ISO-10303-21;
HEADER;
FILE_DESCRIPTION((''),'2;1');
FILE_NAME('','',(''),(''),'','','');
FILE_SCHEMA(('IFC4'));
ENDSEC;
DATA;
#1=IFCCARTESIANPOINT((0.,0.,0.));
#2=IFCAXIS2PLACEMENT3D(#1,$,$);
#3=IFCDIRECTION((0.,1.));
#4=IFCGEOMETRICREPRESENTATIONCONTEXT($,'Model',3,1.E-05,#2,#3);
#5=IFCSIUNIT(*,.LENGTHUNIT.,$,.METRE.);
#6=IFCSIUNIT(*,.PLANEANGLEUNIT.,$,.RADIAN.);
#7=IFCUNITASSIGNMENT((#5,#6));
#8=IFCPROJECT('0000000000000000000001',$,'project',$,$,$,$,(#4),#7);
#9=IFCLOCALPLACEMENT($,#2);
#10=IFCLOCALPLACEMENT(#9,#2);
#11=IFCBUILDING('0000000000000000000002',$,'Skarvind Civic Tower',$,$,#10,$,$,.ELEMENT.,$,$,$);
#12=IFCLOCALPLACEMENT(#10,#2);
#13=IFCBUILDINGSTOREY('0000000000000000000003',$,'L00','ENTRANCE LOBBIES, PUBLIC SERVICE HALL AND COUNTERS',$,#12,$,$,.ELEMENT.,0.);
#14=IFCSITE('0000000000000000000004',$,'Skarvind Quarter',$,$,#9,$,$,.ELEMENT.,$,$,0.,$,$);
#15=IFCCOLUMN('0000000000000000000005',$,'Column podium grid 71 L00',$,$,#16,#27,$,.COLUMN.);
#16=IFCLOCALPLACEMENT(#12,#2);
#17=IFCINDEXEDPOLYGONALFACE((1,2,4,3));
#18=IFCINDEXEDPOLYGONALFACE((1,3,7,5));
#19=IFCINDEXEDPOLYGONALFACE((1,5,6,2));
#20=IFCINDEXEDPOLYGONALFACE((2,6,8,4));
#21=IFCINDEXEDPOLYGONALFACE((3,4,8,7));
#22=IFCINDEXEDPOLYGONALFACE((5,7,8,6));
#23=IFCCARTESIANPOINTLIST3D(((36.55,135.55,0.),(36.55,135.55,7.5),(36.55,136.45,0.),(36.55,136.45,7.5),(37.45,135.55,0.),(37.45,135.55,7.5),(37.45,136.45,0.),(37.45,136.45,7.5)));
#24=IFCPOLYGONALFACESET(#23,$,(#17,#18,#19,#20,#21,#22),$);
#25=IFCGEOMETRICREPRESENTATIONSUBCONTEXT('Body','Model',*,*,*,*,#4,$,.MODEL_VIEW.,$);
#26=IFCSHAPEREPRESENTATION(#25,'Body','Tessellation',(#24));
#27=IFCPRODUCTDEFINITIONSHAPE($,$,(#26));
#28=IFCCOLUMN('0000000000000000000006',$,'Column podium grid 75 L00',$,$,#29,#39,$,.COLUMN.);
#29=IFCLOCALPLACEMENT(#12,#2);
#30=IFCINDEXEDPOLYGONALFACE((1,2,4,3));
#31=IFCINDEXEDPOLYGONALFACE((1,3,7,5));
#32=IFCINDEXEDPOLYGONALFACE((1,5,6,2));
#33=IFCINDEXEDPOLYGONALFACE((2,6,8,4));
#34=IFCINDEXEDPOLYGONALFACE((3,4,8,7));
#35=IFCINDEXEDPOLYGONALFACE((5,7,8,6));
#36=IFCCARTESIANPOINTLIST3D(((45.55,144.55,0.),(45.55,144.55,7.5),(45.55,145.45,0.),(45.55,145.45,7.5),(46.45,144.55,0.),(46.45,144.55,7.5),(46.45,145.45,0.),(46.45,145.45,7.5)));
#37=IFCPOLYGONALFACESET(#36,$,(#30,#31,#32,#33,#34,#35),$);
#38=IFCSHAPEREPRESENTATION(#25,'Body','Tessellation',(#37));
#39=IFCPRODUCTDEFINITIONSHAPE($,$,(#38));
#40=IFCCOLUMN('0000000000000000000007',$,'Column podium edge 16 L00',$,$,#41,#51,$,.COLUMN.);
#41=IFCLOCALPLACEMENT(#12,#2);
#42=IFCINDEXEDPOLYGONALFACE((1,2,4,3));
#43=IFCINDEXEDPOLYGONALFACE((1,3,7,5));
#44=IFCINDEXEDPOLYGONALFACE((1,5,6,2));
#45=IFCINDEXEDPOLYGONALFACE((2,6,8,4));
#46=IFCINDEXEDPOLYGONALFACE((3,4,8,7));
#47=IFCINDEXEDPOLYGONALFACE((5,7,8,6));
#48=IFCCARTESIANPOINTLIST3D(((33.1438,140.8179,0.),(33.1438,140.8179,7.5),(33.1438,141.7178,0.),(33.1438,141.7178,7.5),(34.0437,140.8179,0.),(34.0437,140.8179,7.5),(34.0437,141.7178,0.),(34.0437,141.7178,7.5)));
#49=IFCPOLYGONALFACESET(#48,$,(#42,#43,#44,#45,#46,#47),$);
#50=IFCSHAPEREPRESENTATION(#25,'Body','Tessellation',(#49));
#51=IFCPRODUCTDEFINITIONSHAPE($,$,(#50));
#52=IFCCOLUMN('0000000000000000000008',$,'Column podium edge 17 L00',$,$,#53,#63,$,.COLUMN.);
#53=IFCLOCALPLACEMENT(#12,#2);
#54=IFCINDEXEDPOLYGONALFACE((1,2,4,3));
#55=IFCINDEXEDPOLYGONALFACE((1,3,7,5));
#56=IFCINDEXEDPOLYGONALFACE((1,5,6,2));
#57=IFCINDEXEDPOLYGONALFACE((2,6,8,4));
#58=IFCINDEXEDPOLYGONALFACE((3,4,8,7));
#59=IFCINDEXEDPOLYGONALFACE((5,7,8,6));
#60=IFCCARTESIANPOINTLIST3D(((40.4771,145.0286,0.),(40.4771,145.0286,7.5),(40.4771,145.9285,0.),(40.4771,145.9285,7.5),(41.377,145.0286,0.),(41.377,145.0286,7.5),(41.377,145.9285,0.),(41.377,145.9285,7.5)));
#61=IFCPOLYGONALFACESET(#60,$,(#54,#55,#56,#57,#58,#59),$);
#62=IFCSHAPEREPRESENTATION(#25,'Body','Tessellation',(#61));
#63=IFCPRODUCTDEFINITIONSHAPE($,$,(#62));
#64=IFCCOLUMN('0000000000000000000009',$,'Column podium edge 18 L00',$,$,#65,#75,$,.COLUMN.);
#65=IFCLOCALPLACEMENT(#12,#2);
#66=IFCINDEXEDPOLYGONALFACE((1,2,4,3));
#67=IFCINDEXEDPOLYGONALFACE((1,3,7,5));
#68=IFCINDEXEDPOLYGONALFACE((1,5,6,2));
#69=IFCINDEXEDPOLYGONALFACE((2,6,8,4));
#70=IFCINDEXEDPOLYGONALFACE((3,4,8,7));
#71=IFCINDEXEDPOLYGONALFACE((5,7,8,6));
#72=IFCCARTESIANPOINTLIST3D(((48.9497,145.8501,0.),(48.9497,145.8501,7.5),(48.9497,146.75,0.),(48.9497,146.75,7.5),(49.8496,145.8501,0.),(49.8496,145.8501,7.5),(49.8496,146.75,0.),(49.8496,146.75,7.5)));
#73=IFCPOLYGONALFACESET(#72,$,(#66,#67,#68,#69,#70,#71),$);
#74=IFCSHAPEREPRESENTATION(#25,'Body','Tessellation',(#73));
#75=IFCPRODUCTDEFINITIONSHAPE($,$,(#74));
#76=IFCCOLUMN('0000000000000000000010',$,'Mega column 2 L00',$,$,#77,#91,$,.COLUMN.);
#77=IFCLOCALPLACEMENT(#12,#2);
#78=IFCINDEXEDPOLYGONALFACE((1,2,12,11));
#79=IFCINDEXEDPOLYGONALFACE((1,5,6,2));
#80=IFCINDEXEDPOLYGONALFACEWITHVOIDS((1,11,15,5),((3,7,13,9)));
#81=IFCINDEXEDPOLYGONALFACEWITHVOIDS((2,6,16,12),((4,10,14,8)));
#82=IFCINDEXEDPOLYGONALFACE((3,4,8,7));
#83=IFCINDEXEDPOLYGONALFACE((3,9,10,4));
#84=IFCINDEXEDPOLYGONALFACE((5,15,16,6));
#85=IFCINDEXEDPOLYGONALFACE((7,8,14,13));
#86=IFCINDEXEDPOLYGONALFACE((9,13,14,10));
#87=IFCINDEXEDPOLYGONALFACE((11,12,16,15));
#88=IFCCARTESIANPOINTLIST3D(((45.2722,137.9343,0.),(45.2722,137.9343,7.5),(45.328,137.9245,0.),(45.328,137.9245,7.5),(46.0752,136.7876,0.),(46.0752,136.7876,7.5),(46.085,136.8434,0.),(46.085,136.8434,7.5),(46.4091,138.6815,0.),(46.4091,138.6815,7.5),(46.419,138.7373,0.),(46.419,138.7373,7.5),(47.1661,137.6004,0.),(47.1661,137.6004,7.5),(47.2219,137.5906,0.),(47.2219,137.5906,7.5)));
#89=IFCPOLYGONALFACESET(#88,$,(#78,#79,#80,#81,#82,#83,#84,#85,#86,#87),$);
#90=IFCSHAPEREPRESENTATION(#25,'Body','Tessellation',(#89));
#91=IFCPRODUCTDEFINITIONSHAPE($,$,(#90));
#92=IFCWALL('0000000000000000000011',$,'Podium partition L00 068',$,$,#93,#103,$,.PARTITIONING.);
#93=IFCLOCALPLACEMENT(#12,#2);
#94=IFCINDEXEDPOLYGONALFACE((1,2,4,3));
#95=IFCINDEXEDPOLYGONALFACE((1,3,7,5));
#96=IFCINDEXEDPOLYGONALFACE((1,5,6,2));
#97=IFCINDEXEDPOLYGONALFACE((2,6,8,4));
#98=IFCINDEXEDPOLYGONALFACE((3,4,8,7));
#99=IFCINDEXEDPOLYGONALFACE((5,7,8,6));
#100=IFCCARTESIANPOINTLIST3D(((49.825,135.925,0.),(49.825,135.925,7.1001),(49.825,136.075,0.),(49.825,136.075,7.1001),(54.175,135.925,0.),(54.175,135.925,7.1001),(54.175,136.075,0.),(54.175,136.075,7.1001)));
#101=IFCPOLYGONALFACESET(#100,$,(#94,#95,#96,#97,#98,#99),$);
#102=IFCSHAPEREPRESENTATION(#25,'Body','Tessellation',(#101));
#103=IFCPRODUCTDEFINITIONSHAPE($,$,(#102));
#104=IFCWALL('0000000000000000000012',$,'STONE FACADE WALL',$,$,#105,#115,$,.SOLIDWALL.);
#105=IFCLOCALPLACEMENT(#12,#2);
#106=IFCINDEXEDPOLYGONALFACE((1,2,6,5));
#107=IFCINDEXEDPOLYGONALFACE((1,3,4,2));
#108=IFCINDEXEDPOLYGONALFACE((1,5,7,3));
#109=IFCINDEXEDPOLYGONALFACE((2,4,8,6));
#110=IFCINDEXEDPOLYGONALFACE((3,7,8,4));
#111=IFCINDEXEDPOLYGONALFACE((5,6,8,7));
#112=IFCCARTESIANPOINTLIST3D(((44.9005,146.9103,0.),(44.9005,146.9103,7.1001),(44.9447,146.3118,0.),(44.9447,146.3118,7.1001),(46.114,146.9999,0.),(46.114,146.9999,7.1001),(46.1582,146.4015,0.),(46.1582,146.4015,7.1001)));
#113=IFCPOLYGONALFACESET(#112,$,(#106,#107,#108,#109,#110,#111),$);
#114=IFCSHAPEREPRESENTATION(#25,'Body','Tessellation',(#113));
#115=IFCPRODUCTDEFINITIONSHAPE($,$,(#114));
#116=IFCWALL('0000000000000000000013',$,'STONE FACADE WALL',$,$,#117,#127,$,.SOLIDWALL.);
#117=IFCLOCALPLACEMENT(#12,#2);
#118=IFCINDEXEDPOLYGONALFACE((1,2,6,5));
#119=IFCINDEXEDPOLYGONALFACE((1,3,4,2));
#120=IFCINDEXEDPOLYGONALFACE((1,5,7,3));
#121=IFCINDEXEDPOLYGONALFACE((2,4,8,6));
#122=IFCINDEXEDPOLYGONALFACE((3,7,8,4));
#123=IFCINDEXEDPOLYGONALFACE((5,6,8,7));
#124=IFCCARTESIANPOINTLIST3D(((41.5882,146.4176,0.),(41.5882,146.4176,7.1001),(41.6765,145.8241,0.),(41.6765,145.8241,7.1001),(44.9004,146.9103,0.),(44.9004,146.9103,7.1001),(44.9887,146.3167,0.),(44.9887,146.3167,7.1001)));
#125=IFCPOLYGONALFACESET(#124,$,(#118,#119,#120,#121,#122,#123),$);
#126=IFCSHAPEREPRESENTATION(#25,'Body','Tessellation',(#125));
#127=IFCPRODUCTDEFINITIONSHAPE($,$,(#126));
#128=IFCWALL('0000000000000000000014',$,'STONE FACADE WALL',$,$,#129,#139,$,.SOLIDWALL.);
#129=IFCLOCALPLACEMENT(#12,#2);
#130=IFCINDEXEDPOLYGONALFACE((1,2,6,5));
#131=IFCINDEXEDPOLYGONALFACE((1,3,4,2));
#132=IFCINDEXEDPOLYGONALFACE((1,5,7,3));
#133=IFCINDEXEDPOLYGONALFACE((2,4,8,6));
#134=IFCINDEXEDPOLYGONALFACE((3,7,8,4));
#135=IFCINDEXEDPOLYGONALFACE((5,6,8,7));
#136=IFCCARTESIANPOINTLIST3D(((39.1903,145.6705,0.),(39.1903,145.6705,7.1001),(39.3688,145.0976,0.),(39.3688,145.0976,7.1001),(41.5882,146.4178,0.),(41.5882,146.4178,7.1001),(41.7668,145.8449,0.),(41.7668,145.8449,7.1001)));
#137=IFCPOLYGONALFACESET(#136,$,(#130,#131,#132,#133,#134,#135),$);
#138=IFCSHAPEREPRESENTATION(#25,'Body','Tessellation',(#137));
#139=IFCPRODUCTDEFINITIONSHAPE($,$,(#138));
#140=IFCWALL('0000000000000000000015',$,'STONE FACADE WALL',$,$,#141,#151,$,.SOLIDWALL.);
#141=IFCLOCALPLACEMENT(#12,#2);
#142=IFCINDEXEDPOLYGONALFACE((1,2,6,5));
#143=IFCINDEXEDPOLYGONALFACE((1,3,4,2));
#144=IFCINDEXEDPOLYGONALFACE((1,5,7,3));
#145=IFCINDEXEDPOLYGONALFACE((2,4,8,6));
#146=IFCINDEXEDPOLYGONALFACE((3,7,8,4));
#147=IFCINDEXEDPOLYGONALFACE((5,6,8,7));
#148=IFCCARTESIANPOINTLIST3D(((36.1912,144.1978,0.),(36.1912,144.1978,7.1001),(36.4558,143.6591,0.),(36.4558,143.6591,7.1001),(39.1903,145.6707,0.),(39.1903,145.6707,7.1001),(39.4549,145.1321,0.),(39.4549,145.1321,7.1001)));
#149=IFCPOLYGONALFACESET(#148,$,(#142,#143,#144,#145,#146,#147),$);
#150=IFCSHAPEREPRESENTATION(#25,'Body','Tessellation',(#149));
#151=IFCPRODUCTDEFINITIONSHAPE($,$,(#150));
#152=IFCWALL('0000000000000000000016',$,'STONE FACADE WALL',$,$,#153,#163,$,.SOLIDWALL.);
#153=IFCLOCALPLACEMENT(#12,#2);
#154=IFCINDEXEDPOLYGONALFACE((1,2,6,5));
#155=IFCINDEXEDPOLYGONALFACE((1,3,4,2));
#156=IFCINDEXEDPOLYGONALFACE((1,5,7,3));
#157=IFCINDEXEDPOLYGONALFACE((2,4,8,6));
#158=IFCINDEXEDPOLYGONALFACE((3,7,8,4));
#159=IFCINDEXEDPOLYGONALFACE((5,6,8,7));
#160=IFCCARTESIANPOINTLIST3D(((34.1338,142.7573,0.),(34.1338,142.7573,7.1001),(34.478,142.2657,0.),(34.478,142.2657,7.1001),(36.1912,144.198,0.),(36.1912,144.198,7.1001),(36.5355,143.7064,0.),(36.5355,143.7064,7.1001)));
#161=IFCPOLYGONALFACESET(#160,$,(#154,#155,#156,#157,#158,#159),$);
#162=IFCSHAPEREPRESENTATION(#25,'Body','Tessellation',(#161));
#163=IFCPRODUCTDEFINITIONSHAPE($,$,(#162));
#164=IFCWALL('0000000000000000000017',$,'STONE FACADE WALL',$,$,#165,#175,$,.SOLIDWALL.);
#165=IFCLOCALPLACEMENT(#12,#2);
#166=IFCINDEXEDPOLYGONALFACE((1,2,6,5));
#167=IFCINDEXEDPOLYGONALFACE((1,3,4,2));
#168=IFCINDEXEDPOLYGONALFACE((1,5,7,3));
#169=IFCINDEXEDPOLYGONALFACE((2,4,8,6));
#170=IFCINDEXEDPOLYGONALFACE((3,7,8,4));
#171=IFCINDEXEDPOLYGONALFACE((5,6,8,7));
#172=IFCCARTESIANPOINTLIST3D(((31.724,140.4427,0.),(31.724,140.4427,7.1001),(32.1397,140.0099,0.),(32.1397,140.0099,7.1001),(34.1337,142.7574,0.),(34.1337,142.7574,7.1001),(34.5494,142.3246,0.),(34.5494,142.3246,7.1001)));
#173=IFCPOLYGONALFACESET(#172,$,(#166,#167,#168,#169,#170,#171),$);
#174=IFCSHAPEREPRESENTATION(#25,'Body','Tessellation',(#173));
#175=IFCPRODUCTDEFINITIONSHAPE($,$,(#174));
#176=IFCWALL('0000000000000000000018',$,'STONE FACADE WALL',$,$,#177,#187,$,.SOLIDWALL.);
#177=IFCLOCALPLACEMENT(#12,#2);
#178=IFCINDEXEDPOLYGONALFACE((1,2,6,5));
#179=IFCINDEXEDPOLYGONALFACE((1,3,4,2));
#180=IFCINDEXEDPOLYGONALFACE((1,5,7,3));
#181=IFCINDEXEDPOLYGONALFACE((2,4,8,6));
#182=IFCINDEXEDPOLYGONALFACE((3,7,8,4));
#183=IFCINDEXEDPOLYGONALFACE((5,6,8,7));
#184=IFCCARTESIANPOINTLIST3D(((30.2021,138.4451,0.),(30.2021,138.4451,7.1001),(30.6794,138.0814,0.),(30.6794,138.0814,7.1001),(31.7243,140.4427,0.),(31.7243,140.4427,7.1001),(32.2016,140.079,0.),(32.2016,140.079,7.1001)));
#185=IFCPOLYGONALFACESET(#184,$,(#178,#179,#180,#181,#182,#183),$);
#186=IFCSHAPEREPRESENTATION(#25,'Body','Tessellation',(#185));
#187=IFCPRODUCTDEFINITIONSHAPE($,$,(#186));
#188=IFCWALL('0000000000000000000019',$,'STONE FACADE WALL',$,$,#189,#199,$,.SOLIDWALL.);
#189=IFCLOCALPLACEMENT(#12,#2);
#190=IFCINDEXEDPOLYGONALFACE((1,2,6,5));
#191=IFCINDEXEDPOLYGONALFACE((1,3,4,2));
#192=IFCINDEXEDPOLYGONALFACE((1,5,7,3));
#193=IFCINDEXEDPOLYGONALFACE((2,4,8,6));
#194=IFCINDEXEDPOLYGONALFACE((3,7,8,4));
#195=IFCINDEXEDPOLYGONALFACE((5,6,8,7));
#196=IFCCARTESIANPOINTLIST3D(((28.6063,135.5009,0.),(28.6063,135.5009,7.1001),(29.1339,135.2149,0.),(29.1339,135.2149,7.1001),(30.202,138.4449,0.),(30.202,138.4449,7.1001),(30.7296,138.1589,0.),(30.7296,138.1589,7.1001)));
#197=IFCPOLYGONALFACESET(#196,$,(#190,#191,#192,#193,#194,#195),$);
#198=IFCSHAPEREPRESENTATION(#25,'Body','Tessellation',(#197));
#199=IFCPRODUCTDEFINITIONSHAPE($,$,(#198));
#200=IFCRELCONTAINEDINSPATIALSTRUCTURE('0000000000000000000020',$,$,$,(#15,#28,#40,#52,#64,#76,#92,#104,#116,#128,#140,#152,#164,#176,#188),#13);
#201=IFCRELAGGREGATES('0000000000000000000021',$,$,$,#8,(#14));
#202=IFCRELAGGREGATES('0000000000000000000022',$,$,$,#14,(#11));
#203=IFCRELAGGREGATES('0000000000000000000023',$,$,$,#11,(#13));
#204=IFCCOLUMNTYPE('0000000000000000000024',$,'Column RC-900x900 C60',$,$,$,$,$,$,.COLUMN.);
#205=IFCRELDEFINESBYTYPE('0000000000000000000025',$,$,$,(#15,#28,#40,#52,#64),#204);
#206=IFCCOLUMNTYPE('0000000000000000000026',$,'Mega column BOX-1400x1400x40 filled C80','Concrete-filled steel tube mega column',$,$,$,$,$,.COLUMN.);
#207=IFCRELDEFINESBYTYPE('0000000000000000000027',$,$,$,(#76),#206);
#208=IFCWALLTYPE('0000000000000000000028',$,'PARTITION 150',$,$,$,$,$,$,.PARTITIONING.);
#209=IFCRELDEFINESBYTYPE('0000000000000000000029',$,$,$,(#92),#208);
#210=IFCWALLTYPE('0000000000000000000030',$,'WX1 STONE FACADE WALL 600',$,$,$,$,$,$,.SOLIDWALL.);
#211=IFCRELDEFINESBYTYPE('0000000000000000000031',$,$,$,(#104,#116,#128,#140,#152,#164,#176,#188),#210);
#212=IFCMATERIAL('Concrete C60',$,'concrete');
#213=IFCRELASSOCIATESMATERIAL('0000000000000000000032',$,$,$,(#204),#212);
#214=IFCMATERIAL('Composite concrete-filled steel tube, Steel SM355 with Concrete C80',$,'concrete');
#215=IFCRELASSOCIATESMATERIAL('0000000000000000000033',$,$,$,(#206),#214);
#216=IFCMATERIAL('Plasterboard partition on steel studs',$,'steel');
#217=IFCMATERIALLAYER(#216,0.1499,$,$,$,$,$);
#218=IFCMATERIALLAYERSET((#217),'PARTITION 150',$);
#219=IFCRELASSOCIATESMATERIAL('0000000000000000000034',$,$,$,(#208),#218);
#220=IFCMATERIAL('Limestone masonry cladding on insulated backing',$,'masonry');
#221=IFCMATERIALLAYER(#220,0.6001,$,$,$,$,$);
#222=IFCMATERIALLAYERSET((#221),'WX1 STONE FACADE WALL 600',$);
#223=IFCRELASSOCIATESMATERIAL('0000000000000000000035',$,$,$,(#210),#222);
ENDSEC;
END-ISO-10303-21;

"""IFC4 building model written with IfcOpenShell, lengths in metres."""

from ifc_helpers import new_model, si_unit, direction, frame, frame_2d, origin, origin_2d, place, context, subcontext, project, spatial, rectangle, hollow_rectangle, extrude, material, layer, layer_set, material_profile, profile_set, type_object, element, save


model = new_model("IFC4")

# Units and contexts
model_context = context("Model", 3, precision=1e-05, world=origin(), true_north=direction((0.0, 1.0)))
body_context = subcontext(model_context, "Body", "Model", "MODEL_VIEW")
ifc_project = project(units=[si_unit("LENGTHUNIT", "METRE"), si_unit("PLANEANGLEUNIT", "RADIAN")], contexts=[model_context])

# Site, building, storey
site_placement = place(None, origin())
site = spatial("IfcSite", under=ifc_project, at=site_placement, Name="Skarvind Quarter", CompositionType="ELEMENT", RefElevation=0.0)
building_placement = place(site_placement, origin())
building = spatial("IfcBuilding", under=site, at=building_placement, Name="Skarvind Civic Tower", CompositionType="ELEMENT")
storey_placement = place(building_placement, origin())
storey = spatial("IfcBuildingStorey", under=building, at=storey_placement, Name="L00", Description="ENTRANCE LOBBIES, PUBLIC SERVICE HALL AND COUNTERS", CompositionType="ELEMENT", Elevation=0.0)

# Columns
ifc_material_1 = material(Name="Concrete C60", Category="concrete")
ifc_material_profile_1 = material_profile(ifc_material_1, rectangle(XDim=0.8999, YDim=0.8999, at=origin_2d()), Name="RC-900x900")
ifc_profile_set_1 = profile_set([ifc_material_profile_1], Name="Concrete C60")
column_type_1 = type_object("IfcColumnType", Name="Column RC-900x900 C60", PredefinedType="COLUMN", material=ifc_profile_set_1)
for number, where, z_axis, x_axis, name in (
    (1, (37.0, 136.0, 0.0), (0.0, 0.0, 1.0), (1.0, 0.0, 0.0), "Column podium grid 71 L00"),
    (2, (46.0, 145.0, 0.0), (0.0, 0.0, 1.0), (1.0, 0.0, 0.0), "Column podium grid 75 L00"),
    (3, (33.5938, 141.2678, 0.0), (0.0, 0.0, 1.0), (1.0, 0.0, 0.0), "Column podium edge 16 L00"),
    (4, (40.927, 145.4785, 0.0), (0.0, 0.0, 1.0), (1.0, 0.0, 0.0), "Column podium edge 17 L00"),
    (5, (49.3997, 146.3, 0.0), (0.0, 0.0, 1.0), (1.0, 0.0, 0.0), "Column podium edge 18 L00"),
):
    element("IfcColumn", number, at=place(storey_placement, frame(where, z_axis=z_axis, x_axis=x_axis)), inside=storey, type_object=column_type_1, Name=name, PredefinedType="COLUMN", context=body_context, shape_type="SweptSolid", body=[
        extrude(rectangle(XDim=0.8999, YDim=0.8999, at=origin_2d()), origin(), (0.0, 0.0, 1.0), 7.5),
    ])
ifc_material_2 = material(Name="Composite concrete-filled steel tube, Steel SM355 with Concrete C80", Category="concrete")
ifc_material_profile_2 = material_profile(ifc_material_2, hollow_rectangle(XDim=1.3999, YDim=1.3999, WallThickness=0.04, at=origin_2d()), Name="BOX-1400x1400x40")
ifc_profile_set_2 = profile_set([ifc_material_profile_2], Name="Composite concrete-filled steel tube, Steel SM355 with Concrete C80")
column_type_2 = type_object("IfcColumnType", Name="Mega column BOX-1400x1400x40 filled C80", Description="Concrete-filled steel tube mega column", PredefinedType="COLUMN", material=ifc_profile_set_2)
column_placement = place(storey_placement, frame((46.2471, 137.7625, 0.0), z_axis=(0.0, 0.0, 1.0), x_axis=(0.573576, -0.819152, 0.0)))
element("IfcColumn", 6, at=column_placement, inside=storey, type_object=column_type_2, Name="Mega column 2 L00", PredefinedType="COLUMN", context=body_context, shape_type="SweptSolid", body=[
    extrude(hollow_rectangle(XDim=1.3999, YDim=1.3999, WallThickness=0.04, at=origin_2d()), origin(), (0.0, 0.0, 1.0), 7.5),
])

# Walls
ifc_material_3 = material(Name="Plasterboard partition on steel studs", Category="steel")
ifc_layer_1 = layer(ifc_material_3, 0.1499)
ifc_layer_set_1 = layer_set([ifc_layer_1], Name="PARTITION 150")
wall_type_1 = type_object("IfcWallType", Name="PARTITION 150", PredefinedType="PARTITIONING", material=ifc_layer_set_1)
wall_1_placement = place(storey_placement, frame((49.825, 136.0, 0.0), z_axis=(0.0, 0.0, 1.0), x_axis=(1.0, 0.0, 0.0)))
element("IfcWall", 7, at=wall_1_placement, inside=storey, type_object=wall_type_1, Name="Podium partition L00 068", PredefinedType="PARTITIONING", context=body_context, shape_type="SweptSolid", body=[
    extrude(rectangle(XDim=4.3501, YDim=0.1499, at=frame_2d((2.175, 0.0))), origin(), (0.0, 0.0, 1.0), 7.1001),
])
ifc_material_4 = material(Name="Limestone masonry cladding on insulated backing", Category="masonry")
ifc_layer_2 = layer(ifc_material_4, 0.6001)
ifc_layer_set_2 = layer_set([ifc_layer_2], Name="WX1 STONE FACADE WALL 600")
wall_type_2 = type_object("IfcWallType", Name="WX1 STONE FACADE WALL 600", PredefinedType="SOLIDWALL", material=ifc_layer_set_2)
wall_2_placement = place(storey_placement, frame((44.9226, 146.6111, 0.0), z_axis=(0.0, 0.0, 1.0), x_axis=(0.997285, 0.073643, 0.0)))
element("IfcWall", 8, at=wall_2_placement, inside=storey, type_object=wall_type_2, Name="STONE FACADE WALL", PredefinedType="SOLIDWALL", context=body_context, shape_type="SweptSolid", body=[
    extrude(rectangle(XDim=1.2168, YDim=0.6001, at=frame_2d((0.6084, 0.0))), origin(), (0.0, 0.0, 1.0), 7.1001),
])
wall_3_placement = place(storey_placement, frame((41.6323, 146.1208, 0.0), z_axis=(0.0, 0.0, 1.0), x_axis=(0.989118, 0.147125, 0.0)))
element("IfcWall", 9, at=wall_3_placement, inside=storey, type_object=wall_type_2, Name="STONE FACADE WALL", PredefinedType="SOLIDWALL", context=body_context, shape_type="SweptSolid", body=[
    extrude(rectangle(XDim=3.3486, YDim=0.6001, at=frame_2d((1.6743, 0.0))), origin(), (0.0, 0.0, 1.0), 7.1001),
])
wall_4_placement = place(storey_placement, frame((39.2795, 145.384, 0.0), z_axis=(0.0, 0.0, 1.0), x_axis=(0.954711, 0.297533, 0.0)))
element("IfcWall", 10, at=wall_4_placement, inside=storey, type_object=wall_type_2, Name="STONE FACADE WALL", PredefinedType="SOLIDWALL", context=body_context, shape_type="SweptSolid", body=[
    extrude(rectangle(XDim=2.5117, YDim=0.6001, at=frame_2d((1.2559, 0.0))), origin(), (0.0, 0.0, 1.0), 7.1001),
])
wall_5_placement = place(storey_placement, frame((36.3235, 143.9285, 0.0), z_axis=(0.0, 0.0, 1.0), x_axis=(0.89759, 0.440831, 0.0)))
element("IfcWall", 11, at=wall_5_placement, inside=storey, type_object=wall_type_2, Name="STONE FACADE WALL", PredefinedType="SOLIDWALL", context=body_context, shape_type="SweptSolid", body=[
    extrude(rectangle(XDim=3.3413, YDim=0.6001, at=frame_2d((1.6707, 0.0))), origin(), (0.0, 0.0, 1.0), 7.1001),
])
wall_6_placement = place(storey_placement, frame((34.3059, 142.5115, 0.0), z_axis=(0.0, 0.0, 1.0), x_axis=(0.819136, 0.573599, 0.0)))
element("IfcWall", 12, at=wall_6_placement, inside=storey, type_object=wall_type_2, Name="STONE FACADE WALL", PredefinedType="SOLIDWALL", context=body_context, shape_type="SweptSolid", body=[
    extrude(rectangle(XDim=2.5117, YDim=0.6001, at=frame_2d((1.2559, 0.0))), origin(), (0.0, 0.0, 1.0), 7.1001),
])
wall_7_placement = place(storey_placement, frame((31.9319, 140.2263, 0.0), z_axis=(0.0, 0.0, 1.0), x_axis=(0.721176, 0.692752, 0.0)))
element("IfcWall", 13, at=wall_7_placement, inside=storey, type_object=wall_type_2, Name="STONE FACADE WALL", PredefinedType="SOLIDWALL", context=body_context, shape_type="SweptSolid", body=[
    extrude(rectangle(XDim=3.3413, YDim=0.6001, at=frame_2d((1.6707, 0.0))), origin(), (0.0, 0.0, 1.0), 7.1001),
])
wall_8_placement = place(storey_placement, frame((30.4407, 138.2632, 0.0), z_axis=(0.0, 0.0, 1.0), x_axis=(0.606111, 0.79538, 0.0)))
element("IfcWall", 14, at=wall_8_placement, inside=storey, type_object=wall_type_2, Name="STONE FACADE WALL", PredefinedType="SOLIDWALL", context=body_context, shape_type="SweptSolid", body=[
    extrude(rectangle(XDim=2.5115, YDim=0.6001, at=frame_2d((1.2559, 0.0))), origin(), (0.0, 0.0, 1.0), 7.1001),
])
wall_9_placement = place(storey_placement, frame((28.8701, 135.3579, 0.0), z_axis=(0.0, 0.0, 1.0), x_axis=(0.476511, 0.879169, 0.0)))
element("IfcWall", 15, at=wall_9_placement, inside=storey, type_object=wall_type_2, Name="STONE FACADE WALL", PredefinedType="SOLIDWALL", context=body_context, shape_type="SweptSolid", body=[
    extrude(rectangle(XDim=3.3486, YDim=0.6001, at=frame_2d((1.6743, 0.0))), origin(), (0.0, 0.0, 1.0), 7.1001),
])

save(model, "model.ifc")
